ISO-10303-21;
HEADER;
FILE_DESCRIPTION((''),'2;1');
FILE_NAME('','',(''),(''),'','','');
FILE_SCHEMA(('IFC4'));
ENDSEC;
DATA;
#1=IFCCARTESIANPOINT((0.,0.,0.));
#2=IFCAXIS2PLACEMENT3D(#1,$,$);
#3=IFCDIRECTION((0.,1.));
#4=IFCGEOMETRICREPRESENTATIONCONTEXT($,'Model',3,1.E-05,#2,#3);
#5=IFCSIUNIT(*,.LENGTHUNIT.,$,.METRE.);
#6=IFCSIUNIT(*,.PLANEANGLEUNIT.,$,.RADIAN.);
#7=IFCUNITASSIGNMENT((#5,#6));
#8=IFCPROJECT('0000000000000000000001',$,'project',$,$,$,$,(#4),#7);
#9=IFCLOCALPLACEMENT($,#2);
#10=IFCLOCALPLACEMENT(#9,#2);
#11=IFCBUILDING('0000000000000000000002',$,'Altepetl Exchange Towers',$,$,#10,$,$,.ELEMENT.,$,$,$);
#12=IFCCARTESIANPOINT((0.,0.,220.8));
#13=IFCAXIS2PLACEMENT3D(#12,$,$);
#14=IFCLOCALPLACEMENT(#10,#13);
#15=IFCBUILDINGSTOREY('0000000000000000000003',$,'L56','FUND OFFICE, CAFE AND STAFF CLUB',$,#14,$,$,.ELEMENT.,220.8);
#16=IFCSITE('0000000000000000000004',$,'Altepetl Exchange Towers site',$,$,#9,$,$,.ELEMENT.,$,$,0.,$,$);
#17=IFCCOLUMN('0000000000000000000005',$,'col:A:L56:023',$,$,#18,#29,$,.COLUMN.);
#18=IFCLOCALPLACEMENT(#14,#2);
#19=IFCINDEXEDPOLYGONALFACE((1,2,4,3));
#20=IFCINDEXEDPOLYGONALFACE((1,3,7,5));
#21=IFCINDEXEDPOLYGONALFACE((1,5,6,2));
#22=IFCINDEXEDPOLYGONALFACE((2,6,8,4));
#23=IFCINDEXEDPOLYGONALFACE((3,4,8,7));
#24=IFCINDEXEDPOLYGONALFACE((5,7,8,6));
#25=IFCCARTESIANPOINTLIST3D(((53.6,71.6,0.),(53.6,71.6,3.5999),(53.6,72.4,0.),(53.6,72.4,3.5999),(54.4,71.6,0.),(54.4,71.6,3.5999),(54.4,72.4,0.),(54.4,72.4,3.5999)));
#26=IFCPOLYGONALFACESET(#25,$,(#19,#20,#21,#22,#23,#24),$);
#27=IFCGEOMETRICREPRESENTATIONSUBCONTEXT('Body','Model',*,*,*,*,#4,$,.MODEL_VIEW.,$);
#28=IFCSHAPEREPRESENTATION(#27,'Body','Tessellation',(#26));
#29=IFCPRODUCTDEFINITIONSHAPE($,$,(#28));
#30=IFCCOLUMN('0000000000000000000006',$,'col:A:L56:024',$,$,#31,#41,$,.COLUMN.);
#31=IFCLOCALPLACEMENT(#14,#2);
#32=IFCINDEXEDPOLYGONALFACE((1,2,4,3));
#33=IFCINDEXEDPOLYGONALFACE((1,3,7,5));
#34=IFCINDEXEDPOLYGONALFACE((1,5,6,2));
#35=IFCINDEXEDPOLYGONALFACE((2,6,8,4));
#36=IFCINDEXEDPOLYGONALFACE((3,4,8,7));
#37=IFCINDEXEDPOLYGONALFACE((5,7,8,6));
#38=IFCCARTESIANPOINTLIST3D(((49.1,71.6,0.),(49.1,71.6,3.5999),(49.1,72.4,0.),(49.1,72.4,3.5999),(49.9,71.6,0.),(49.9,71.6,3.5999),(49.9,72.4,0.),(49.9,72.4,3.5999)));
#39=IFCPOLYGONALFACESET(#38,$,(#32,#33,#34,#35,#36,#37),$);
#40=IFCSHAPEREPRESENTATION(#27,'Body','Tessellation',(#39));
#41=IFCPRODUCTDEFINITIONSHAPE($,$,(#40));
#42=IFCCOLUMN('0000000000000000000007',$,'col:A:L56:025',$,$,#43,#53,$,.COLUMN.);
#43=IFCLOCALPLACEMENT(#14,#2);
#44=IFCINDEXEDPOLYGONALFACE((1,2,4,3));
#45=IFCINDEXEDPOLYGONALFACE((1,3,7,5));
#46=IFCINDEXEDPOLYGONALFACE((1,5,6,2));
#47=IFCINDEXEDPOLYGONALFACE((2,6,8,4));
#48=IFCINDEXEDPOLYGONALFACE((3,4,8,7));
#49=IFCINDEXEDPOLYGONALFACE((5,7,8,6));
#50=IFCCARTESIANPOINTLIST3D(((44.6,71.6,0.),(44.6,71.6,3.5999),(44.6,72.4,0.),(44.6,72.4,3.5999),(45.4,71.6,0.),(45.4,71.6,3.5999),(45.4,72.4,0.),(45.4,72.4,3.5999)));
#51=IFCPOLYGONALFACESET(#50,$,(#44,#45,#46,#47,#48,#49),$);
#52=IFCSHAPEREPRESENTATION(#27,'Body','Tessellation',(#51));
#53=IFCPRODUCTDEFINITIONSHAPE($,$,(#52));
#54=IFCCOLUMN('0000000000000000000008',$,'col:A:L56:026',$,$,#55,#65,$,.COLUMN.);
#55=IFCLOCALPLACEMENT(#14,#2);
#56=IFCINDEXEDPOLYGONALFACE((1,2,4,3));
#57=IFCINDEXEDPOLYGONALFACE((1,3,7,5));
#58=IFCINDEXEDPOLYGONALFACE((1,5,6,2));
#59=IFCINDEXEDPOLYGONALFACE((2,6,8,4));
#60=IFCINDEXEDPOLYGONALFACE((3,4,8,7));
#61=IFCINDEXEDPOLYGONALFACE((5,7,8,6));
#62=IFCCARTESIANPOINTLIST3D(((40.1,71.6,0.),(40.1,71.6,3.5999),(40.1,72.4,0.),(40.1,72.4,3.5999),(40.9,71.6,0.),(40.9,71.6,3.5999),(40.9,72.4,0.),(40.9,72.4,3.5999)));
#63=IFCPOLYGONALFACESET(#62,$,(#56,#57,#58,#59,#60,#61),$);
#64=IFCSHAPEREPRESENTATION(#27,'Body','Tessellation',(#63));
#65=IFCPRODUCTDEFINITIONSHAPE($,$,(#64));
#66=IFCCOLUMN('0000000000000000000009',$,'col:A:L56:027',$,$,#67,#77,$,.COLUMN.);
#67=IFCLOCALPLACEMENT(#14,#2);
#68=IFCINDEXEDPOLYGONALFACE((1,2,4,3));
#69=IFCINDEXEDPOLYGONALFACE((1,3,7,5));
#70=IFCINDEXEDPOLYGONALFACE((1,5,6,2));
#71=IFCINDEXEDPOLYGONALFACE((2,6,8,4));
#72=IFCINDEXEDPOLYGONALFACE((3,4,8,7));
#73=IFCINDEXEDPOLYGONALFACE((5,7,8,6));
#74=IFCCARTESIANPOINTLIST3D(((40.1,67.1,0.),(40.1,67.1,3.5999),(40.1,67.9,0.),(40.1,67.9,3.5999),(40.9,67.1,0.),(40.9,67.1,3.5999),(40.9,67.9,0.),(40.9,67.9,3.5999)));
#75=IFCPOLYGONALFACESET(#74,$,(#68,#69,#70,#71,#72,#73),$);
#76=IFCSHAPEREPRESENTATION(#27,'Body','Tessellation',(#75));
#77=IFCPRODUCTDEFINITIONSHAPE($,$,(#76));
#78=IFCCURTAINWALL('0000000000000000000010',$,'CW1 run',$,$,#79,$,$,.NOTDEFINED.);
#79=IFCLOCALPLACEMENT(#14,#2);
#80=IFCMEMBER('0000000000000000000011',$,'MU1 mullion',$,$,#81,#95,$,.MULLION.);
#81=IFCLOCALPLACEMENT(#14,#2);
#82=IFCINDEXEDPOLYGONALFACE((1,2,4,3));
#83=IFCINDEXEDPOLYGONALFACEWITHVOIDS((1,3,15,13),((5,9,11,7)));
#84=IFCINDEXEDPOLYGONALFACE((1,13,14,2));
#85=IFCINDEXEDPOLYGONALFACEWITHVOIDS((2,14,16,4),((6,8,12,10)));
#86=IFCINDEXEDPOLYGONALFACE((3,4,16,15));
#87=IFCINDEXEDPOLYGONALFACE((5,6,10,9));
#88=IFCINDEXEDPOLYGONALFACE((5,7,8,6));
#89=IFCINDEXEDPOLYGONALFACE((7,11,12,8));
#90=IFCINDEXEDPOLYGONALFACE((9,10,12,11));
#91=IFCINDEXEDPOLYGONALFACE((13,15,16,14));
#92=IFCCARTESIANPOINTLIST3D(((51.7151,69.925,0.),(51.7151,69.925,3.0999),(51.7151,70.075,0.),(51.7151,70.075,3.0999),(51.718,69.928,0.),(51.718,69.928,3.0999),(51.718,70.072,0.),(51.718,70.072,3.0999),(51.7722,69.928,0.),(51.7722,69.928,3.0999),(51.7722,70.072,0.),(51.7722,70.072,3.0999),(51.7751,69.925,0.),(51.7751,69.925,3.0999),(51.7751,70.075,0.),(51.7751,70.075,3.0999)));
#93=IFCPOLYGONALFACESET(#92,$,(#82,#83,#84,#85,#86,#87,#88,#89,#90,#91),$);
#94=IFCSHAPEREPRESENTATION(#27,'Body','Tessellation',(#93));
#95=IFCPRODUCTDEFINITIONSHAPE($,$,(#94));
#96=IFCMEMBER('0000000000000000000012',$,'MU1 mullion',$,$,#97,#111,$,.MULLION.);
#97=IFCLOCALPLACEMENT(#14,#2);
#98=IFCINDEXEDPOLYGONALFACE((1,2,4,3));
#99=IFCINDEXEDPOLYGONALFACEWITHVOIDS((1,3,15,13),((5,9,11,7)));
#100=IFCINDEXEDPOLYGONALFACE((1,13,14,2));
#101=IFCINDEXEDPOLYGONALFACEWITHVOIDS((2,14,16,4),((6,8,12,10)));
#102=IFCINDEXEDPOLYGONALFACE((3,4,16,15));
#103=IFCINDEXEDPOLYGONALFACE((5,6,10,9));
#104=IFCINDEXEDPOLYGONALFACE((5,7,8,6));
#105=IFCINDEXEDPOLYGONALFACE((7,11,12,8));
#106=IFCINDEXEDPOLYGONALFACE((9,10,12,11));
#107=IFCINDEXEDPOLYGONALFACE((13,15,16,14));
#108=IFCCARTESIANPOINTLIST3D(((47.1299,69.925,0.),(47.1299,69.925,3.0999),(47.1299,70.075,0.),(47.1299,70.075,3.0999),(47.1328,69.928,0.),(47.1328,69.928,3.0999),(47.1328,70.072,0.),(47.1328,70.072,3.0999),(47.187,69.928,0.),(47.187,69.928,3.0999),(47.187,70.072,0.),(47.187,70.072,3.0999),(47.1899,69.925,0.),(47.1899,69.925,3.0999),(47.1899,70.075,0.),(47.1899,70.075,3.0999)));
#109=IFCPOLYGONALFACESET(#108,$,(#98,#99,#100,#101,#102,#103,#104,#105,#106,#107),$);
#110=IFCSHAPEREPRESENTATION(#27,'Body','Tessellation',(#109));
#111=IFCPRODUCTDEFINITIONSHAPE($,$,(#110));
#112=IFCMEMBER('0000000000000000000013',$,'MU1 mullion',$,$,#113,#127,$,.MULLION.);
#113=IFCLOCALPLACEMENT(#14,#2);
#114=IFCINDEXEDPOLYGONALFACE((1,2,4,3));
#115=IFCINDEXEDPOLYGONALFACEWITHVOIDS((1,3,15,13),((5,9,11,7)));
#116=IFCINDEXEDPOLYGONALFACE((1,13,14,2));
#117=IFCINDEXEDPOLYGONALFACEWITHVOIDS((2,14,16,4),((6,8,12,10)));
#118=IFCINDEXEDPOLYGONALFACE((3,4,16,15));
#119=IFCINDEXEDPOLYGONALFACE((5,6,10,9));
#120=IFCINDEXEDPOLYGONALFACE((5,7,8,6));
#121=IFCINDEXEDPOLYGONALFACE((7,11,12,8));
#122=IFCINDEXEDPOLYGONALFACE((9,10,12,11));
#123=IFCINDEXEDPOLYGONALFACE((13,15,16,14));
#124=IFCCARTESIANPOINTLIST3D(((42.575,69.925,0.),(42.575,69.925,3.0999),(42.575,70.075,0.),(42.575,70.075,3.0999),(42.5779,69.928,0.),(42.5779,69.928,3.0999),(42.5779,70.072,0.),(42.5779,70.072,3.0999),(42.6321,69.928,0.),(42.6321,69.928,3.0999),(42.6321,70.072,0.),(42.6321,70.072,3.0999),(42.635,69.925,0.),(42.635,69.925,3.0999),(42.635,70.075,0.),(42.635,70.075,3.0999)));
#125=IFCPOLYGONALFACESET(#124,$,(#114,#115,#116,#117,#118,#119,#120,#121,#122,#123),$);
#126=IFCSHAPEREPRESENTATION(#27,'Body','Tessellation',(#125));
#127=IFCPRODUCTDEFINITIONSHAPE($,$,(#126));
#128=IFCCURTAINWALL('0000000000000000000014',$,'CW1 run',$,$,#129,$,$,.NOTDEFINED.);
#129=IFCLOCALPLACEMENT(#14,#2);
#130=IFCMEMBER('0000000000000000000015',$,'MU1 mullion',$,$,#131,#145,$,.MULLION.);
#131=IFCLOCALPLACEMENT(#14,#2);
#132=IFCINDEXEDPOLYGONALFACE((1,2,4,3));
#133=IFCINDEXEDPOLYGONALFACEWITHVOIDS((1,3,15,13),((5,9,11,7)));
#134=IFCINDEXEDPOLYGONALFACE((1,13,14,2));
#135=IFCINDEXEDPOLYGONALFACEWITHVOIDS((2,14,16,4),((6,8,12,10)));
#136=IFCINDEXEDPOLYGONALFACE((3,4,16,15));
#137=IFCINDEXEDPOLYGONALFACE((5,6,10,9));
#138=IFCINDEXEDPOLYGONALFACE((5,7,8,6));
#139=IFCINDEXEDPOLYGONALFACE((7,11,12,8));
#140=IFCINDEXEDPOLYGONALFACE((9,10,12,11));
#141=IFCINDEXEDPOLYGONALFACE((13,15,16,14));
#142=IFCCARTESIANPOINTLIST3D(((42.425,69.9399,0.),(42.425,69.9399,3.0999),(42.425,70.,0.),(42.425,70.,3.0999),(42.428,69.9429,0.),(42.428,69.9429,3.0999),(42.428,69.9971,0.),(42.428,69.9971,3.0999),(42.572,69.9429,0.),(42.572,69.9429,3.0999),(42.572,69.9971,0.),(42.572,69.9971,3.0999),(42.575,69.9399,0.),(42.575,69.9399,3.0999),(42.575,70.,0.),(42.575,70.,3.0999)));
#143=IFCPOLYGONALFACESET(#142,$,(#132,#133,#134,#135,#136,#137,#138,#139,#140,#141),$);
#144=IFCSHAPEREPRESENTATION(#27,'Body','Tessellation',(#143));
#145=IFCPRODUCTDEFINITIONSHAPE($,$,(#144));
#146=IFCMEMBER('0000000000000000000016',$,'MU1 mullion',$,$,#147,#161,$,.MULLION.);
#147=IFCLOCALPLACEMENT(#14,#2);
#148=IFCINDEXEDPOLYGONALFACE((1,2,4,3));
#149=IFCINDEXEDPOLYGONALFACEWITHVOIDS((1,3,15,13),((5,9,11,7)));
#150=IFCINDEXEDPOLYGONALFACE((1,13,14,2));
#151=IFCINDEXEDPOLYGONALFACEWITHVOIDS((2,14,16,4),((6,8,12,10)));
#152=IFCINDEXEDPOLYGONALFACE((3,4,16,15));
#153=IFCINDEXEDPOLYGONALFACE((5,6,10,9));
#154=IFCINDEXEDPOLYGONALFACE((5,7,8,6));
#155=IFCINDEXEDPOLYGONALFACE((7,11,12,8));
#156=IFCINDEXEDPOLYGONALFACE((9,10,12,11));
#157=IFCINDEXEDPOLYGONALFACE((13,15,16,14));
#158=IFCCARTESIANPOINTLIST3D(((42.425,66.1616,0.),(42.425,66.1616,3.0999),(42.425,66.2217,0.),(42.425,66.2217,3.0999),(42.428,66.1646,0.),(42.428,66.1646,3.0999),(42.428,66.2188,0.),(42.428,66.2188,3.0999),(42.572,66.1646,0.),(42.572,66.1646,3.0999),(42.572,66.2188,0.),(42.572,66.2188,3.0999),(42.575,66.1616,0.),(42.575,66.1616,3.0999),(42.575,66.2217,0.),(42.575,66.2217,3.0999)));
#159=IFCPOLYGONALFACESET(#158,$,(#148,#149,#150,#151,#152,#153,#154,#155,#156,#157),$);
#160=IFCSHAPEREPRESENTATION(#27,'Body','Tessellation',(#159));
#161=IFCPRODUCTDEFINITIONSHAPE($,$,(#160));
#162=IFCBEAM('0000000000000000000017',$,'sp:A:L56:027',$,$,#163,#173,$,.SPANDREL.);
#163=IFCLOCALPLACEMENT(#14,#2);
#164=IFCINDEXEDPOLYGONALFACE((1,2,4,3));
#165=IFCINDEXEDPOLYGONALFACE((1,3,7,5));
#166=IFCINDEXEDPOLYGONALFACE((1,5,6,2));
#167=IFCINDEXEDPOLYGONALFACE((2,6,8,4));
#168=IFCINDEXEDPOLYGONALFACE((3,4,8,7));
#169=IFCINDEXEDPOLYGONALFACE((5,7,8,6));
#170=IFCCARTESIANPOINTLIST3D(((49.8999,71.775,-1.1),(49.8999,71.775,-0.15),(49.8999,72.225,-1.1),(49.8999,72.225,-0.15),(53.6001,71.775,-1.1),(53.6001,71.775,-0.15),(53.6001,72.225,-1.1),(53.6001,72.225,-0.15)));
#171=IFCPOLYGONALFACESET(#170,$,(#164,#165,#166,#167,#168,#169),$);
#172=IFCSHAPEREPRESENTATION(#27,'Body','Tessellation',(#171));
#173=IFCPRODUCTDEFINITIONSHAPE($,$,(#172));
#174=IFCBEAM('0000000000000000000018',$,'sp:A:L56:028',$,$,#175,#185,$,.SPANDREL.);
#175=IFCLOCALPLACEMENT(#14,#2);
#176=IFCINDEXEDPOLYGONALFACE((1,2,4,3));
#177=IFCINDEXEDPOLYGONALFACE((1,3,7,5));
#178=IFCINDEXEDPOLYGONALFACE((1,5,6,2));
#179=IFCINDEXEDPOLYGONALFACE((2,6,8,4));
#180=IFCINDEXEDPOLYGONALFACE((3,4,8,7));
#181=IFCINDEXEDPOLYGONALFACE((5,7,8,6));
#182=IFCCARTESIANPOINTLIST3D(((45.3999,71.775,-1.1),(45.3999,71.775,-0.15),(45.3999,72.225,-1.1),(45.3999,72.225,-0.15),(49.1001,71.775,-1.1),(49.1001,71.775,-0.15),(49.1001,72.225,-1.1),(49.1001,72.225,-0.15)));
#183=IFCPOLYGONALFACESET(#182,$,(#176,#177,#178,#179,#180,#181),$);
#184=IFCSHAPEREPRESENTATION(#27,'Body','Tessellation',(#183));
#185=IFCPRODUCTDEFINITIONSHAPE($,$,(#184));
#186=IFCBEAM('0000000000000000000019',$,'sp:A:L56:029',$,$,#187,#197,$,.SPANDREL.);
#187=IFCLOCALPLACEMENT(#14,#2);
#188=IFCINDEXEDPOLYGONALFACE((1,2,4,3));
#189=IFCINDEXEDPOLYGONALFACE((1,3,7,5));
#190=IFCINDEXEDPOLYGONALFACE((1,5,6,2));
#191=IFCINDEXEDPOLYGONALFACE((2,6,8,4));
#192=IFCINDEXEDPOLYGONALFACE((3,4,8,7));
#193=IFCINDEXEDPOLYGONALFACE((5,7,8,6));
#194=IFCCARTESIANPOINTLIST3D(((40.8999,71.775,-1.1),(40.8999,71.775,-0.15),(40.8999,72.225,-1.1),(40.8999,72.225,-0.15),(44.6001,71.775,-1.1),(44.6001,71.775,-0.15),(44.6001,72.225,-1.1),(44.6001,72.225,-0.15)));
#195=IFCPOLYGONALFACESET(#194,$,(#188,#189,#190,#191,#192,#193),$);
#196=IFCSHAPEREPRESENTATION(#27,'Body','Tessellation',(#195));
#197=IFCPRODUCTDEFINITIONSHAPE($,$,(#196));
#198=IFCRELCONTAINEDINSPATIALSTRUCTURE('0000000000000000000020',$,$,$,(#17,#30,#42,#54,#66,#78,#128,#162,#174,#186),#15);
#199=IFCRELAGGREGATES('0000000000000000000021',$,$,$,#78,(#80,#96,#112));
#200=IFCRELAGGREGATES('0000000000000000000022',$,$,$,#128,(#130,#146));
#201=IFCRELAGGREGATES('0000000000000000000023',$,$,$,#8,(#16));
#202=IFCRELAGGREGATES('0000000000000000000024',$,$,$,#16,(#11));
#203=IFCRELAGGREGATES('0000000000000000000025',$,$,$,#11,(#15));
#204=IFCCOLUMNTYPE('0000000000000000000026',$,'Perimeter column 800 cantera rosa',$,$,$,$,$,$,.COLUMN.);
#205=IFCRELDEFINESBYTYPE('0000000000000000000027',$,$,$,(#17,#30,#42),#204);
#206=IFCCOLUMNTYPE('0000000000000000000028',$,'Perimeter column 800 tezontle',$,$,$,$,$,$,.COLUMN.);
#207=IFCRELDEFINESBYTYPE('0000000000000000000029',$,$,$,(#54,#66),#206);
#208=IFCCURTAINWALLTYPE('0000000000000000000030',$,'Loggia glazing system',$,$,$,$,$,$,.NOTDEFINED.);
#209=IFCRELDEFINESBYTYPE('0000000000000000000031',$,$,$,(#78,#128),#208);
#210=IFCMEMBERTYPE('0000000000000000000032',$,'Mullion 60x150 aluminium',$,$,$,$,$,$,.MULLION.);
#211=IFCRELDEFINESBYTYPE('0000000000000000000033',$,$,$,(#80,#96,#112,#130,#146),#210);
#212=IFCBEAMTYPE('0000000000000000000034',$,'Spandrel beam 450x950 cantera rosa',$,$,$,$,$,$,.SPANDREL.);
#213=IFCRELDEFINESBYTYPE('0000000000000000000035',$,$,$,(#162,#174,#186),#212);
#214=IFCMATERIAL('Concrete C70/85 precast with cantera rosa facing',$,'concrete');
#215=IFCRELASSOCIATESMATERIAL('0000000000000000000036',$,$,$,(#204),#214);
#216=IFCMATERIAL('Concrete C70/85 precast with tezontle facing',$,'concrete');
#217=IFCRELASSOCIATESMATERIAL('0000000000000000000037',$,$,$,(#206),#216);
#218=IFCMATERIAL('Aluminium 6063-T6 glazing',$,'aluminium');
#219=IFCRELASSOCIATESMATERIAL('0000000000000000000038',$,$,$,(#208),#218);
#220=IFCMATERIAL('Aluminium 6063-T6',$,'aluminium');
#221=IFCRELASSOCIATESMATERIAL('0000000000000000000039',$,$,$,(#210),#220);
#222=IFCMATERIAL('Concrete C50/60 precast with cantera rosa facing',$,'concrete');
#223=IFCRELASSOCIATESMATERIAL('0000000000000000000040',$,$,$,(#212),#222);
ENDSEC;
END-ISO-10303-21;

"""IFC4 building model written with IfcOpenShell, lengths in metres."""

from ifc_helpers import new_model, si_unit, direction, frame, origin, origin_2d, place, context, subcontext, project, spatial, rectangle, hollow_rectangle, extrude, material, material_profile, profile_set, type_object, element, aggregate, save


model = new_model("IFC4")

# Units and contexts
model_context = context("Model", 3, precision=1e-05, world=origin(), true_north=direction((0.0, 1.0)))
body_context = subcontext(model_context, "Body", "Model", "MODEL_VIEW")
ifc_project = project(units=[si_unit("LENGTHUNIT", "METRE"), si_unit("PLANEANGLEUNIT", "RADIAN")], contexts=[model_context])

# Site, building, storey
site_placement = place(None, origin())
site = spatial("IfcSite", under=ifc_project, at=site_placement, Name="Altepetl Exchange Towers site", CompositionType="ELEMENT", RefElevation=0.0)
building_placement = place(site_placement, origin())
building = spatial("IfcBuilding", under=site, at=building_placement, Name="Altepetl Exchange Towers", CompositionType="ELEMENT")
storey_placement = place(building_placement, frame((0.0, 0.0, 220.8)))
storey = spatial("IfcBuildingStorey", under=building, at=storey_placement, Name="L56", Description="FUND OFFICE, CAFE AND STAFF CLUB", CompositionType="ELEMENT", Elevation=220.8)

# Columns
ifc_material_1 = material(Name="Concrete C70/85 precast with cantera rosa facing", Category="concrete")
ifc_material_profile_1 = material_profile(ifc_material_1, rectangle(XDim=0.8, YDim=0.8, at=origin_2d()), Name="800 x 800")
ifc_profile_set_1 = profile_set([ifc_material_profile_1], Name="Concrete C70/85 precast with cantera rosa facing")
column_type_1 = type_object("IfcColumnType", Name="Perimeter column 800 cantera rosa", PredefinedType="COLUMN", material=ifc_profile_set_1)
for number, where, name in (
    (1, (54.0, 72.0, 0.0), "col:A:L56:023"),
    (2, (49.5, 72.0, 0.0), "col:A:L56:024"),
    (3, (45.0, 72.0, 0.0), "col:A:L56:025"),
):
    element("IfcColumn", number, at=place(storey_placement, frame(where)), inside=storey, type_object=column_type_1, Name=name, PredefinedType="COLUMN", context=body_context, shape_type="SweptSolid", body=[
        extrude(rectangle(XDim=0.8, YDim=0.8, at=origin_2d()), origin(), (0.0, 0.0, 1.0), 3.5999),
    ])
ifc_material_2 = material(Name="Concrete C70/85 precast with tezontle facing", Category="concrete")
ifc_material_profile_2 = material_profile(ifc_material_2, rectangle(XDim=0.8, YDim=0.8, at=origin_2d()), Name="800 x 800")
ifc_profile_set_2 = profile_set([ifc_material_profile_2], Name="Concrete C70/85 precast with tezontle facing")
column_type_2 = type_object("IfcColumnType", Name="Perimeter column 800 tezontle", PredefinedType="COLUMN", material=ifc_profile_set_2)
for number, where, name in (
    (4, (40.5, 72.0, 0.0), "col:A:L56:026"),
    (5, (40.5, 67.5, 0.0), "col:A:L56:027"),
):
    element("IfcColumn", number, at=place(storey_placement, frame(where)), inside=storey, type_object=column_type_2, Name=name, PredefinedType="COLUMN", context=body_context, shape_type="SweptSolid", body=[
        extrude(rectangle(XDim=0.8, YDim=0.8, at=origin_2d()), origin(), (0.0, 0.0, 1.0), 3.5999),
    ])

# Curtain walls, members
ifc_material_3 = material(Name="Aluminium 6063-T6 glazing", Category="aluminium")
curtain_wall_type = type_object("IfcCurtainWallType", Name="Loggia glazing system", PredefinedType="NOTDEFINED", material=ifc_material_3)
curtain_wall_1_placement = place(storey_placement, origin())
curtain_wall_1 = element("IfcCurtainWall", 6, at=curtain_wall_1_placement, inside=storey, type_object=curtain_wall_type, Name="CW1 run", PredefinedType="NOTDEFINED")
ifc_material_4 = material(Name="Aluminium 6063-T6", Category="aluminium")
ifc_material_profile_3 = material_profile(ifc_material_4, hollow_rectangle(XDim=0.0601, YDim=0.1499, WallThickness=0.0029, at=origin_2d()), Name="Mullion 60x150 aluminium")
ifc_profile_set_3 = profile_set([ifc_material_profile_3], Name="Aluminium 6063-T6")
member_type = type_object("IfcMemberType", Name="Mullion 60x150 aluminium", PredefinedType="MULLION", material=ifc_profile_set_3)
member_1_placement = place(storey_placement, frame((51.7451, 70.0, 0.0), z_axis=(0.0, 0.0, 1.0), x_axis=(-1.0, 0.0, 0.0)))
member_1 = element("IfcMember", 7, at=member_1_placement, type_object=member_type, Name="MU1 mullion", PredefinedType="MULLION", context=body_context, shape_type="SweptSolid", body=[
    extrude(hollow_rectangle(XDim=0.0601, YDim=0.1499, WallThickness=0.0029, at=origin_2d()), origin(), (0.0, 0.0, 1.0), 3.0999),
])
member_2_placement = place(storey_placement, frame((47.1599, 70.0, 0.0), z_axis=(0.0, 0.0, 1.0), x_axis=(-1.0, 0.0, 0.0)))
member_2 = element("IfcMember", 8, at=member_2_placement, type_object=member_type, Name="MU1 mullion", PredefinedType="MULLION", context=body_context, shape_type="SweptSolid", body=[
    extrude(hollow_rectangle(XDim=0.0601, YDim=0.1499, WallThickness=0.0029, at=origin_2d()), origin(), (0.0, 0.0, 1.0), 3.0999),
])
member_3_placement = place(storey_placement, frame((42.605, 70.0, 0.0), z_axis=(0.0, 0.0, 1.0), x_axis=(-1.0, 0.0, 0.0)))
member_3 = element("IfcMember", 9, at=member_3_placement, type_object=member_type, Name="MU1 mullion", PredefinedType="MULLION", context=body_context, shape_type="SweptSolid", body=[
    extrude(hollow_rectangle(XDim=0.0601, YDim=0.1499, WallThickness=0.0029, at=origin_2d()), origin(), (0.0, 0.0, 1.0), 3.0999),
])
curtain_wall_2_placement = place(storey_placement, origin())
curtain_wall_2 = element("IfcCurtainWall", 10, at=curtain_wall_2_placement, inside=storey, type_object=curtain_wall_type, Name="CW1 run", PredefinedType="NOTDEFINED")
member_4_placement = place(storey_placement, frame((42.5, 69.97, 0.0), z_axis=(0.0, 0.0, 1.0), x_axis=(0.0, -1.0, 0.0)))
member_4 = element("IfcMember", 11, at=member_4_placement, type_object=member_type, Name="MU1 mullion", PredefinedType="MULLION", context=body_context, shape_type="SweptSolid", body=[
    extrude(hollow_rectangle(XDim=0.0601, YDim=0.1499, WallThickness=0.0029, at=origin_2d()), origin(), (0.0, 0.0, 1.0), 3.0999),
])
member_5_placement = place(storey_placement, frame((42.5, 66.1917, 0.0), z_axis=(0.0, 0.0, 1.0), x_axis=(0.0, -1.0, 0.0)))
member_5 = element("IfcMember", 12, at=member_5_placement, type_object=member_type, Name="MU1 mullion", PredefinedType="MULLION", context=body_context, shape_type="SweptSolid", body=[
    extrude(hollow_rectangle(XDim=0.0601, YDim=0.1499, WallThickness=0.0029, at=origin_2d()), origin(), (0.0, 0.0, 1.0), 3.0999),
])

# Beams
ifc_material_5 = material(Name="Concrete C50/60 precast with cantera rosa facing", Category="concrete")
ifc_material_profile_4 = material_profile(ifc_material_5, rectangle(XDim=0.45, YDim=0.95, at=origin_2d()), Name="450 x 950")
ifc_profile_set_4 = profile_set([ifc_material_profile_4], Name="Concrete C50/60 precast with cantera rosa facing")
beam_type_1 = type_object("IfcBeamType", Name="Spandrel beam 450x950 cantera rosa", PredefinedType="SPANDREL", material=ifc_profile_set_4)
for number, where, z_axis, x_axis, name in (
    (13, (53.6001, 72.0, -0.625), (-1.0, 0.0, 0.0), (0.0, -1.0, 0.0), "sp:A:L56:027"),
    (14, (49.1001, 72.0, -0.625), (-1.0, 0.0, 0.0), (0.0, -1.0, 0.0), "sp:A:L56:028"),
    (15, (44.6001, 72.0, -0.625), (-1.0, 0.0, 0.0), (0.0, -1.0, 0.0), "sp:A:L56:029"),
):
    element("IfcBeam", number, at=place(storey_placement, frame(where, z_axis=z_axis, x_axis=x_axis)), inside=storey, type_object=beam_type_1, Name=name, PredefinedType="SPANDREL", context=body_context, shape_type="SweptSolid", body=[
        extrude(rectangle(XDim=0.45, YDim=0.95, at=origin_2d()), origin(), (0.0, 0.0, 1.0), 3.7002),
    ])

aggregate(curtain_wall_1, [member_1, member_2, member_3])
aggregate(curtain_wall_2, [member_4, member_5])

save(model, "model.ifc")
